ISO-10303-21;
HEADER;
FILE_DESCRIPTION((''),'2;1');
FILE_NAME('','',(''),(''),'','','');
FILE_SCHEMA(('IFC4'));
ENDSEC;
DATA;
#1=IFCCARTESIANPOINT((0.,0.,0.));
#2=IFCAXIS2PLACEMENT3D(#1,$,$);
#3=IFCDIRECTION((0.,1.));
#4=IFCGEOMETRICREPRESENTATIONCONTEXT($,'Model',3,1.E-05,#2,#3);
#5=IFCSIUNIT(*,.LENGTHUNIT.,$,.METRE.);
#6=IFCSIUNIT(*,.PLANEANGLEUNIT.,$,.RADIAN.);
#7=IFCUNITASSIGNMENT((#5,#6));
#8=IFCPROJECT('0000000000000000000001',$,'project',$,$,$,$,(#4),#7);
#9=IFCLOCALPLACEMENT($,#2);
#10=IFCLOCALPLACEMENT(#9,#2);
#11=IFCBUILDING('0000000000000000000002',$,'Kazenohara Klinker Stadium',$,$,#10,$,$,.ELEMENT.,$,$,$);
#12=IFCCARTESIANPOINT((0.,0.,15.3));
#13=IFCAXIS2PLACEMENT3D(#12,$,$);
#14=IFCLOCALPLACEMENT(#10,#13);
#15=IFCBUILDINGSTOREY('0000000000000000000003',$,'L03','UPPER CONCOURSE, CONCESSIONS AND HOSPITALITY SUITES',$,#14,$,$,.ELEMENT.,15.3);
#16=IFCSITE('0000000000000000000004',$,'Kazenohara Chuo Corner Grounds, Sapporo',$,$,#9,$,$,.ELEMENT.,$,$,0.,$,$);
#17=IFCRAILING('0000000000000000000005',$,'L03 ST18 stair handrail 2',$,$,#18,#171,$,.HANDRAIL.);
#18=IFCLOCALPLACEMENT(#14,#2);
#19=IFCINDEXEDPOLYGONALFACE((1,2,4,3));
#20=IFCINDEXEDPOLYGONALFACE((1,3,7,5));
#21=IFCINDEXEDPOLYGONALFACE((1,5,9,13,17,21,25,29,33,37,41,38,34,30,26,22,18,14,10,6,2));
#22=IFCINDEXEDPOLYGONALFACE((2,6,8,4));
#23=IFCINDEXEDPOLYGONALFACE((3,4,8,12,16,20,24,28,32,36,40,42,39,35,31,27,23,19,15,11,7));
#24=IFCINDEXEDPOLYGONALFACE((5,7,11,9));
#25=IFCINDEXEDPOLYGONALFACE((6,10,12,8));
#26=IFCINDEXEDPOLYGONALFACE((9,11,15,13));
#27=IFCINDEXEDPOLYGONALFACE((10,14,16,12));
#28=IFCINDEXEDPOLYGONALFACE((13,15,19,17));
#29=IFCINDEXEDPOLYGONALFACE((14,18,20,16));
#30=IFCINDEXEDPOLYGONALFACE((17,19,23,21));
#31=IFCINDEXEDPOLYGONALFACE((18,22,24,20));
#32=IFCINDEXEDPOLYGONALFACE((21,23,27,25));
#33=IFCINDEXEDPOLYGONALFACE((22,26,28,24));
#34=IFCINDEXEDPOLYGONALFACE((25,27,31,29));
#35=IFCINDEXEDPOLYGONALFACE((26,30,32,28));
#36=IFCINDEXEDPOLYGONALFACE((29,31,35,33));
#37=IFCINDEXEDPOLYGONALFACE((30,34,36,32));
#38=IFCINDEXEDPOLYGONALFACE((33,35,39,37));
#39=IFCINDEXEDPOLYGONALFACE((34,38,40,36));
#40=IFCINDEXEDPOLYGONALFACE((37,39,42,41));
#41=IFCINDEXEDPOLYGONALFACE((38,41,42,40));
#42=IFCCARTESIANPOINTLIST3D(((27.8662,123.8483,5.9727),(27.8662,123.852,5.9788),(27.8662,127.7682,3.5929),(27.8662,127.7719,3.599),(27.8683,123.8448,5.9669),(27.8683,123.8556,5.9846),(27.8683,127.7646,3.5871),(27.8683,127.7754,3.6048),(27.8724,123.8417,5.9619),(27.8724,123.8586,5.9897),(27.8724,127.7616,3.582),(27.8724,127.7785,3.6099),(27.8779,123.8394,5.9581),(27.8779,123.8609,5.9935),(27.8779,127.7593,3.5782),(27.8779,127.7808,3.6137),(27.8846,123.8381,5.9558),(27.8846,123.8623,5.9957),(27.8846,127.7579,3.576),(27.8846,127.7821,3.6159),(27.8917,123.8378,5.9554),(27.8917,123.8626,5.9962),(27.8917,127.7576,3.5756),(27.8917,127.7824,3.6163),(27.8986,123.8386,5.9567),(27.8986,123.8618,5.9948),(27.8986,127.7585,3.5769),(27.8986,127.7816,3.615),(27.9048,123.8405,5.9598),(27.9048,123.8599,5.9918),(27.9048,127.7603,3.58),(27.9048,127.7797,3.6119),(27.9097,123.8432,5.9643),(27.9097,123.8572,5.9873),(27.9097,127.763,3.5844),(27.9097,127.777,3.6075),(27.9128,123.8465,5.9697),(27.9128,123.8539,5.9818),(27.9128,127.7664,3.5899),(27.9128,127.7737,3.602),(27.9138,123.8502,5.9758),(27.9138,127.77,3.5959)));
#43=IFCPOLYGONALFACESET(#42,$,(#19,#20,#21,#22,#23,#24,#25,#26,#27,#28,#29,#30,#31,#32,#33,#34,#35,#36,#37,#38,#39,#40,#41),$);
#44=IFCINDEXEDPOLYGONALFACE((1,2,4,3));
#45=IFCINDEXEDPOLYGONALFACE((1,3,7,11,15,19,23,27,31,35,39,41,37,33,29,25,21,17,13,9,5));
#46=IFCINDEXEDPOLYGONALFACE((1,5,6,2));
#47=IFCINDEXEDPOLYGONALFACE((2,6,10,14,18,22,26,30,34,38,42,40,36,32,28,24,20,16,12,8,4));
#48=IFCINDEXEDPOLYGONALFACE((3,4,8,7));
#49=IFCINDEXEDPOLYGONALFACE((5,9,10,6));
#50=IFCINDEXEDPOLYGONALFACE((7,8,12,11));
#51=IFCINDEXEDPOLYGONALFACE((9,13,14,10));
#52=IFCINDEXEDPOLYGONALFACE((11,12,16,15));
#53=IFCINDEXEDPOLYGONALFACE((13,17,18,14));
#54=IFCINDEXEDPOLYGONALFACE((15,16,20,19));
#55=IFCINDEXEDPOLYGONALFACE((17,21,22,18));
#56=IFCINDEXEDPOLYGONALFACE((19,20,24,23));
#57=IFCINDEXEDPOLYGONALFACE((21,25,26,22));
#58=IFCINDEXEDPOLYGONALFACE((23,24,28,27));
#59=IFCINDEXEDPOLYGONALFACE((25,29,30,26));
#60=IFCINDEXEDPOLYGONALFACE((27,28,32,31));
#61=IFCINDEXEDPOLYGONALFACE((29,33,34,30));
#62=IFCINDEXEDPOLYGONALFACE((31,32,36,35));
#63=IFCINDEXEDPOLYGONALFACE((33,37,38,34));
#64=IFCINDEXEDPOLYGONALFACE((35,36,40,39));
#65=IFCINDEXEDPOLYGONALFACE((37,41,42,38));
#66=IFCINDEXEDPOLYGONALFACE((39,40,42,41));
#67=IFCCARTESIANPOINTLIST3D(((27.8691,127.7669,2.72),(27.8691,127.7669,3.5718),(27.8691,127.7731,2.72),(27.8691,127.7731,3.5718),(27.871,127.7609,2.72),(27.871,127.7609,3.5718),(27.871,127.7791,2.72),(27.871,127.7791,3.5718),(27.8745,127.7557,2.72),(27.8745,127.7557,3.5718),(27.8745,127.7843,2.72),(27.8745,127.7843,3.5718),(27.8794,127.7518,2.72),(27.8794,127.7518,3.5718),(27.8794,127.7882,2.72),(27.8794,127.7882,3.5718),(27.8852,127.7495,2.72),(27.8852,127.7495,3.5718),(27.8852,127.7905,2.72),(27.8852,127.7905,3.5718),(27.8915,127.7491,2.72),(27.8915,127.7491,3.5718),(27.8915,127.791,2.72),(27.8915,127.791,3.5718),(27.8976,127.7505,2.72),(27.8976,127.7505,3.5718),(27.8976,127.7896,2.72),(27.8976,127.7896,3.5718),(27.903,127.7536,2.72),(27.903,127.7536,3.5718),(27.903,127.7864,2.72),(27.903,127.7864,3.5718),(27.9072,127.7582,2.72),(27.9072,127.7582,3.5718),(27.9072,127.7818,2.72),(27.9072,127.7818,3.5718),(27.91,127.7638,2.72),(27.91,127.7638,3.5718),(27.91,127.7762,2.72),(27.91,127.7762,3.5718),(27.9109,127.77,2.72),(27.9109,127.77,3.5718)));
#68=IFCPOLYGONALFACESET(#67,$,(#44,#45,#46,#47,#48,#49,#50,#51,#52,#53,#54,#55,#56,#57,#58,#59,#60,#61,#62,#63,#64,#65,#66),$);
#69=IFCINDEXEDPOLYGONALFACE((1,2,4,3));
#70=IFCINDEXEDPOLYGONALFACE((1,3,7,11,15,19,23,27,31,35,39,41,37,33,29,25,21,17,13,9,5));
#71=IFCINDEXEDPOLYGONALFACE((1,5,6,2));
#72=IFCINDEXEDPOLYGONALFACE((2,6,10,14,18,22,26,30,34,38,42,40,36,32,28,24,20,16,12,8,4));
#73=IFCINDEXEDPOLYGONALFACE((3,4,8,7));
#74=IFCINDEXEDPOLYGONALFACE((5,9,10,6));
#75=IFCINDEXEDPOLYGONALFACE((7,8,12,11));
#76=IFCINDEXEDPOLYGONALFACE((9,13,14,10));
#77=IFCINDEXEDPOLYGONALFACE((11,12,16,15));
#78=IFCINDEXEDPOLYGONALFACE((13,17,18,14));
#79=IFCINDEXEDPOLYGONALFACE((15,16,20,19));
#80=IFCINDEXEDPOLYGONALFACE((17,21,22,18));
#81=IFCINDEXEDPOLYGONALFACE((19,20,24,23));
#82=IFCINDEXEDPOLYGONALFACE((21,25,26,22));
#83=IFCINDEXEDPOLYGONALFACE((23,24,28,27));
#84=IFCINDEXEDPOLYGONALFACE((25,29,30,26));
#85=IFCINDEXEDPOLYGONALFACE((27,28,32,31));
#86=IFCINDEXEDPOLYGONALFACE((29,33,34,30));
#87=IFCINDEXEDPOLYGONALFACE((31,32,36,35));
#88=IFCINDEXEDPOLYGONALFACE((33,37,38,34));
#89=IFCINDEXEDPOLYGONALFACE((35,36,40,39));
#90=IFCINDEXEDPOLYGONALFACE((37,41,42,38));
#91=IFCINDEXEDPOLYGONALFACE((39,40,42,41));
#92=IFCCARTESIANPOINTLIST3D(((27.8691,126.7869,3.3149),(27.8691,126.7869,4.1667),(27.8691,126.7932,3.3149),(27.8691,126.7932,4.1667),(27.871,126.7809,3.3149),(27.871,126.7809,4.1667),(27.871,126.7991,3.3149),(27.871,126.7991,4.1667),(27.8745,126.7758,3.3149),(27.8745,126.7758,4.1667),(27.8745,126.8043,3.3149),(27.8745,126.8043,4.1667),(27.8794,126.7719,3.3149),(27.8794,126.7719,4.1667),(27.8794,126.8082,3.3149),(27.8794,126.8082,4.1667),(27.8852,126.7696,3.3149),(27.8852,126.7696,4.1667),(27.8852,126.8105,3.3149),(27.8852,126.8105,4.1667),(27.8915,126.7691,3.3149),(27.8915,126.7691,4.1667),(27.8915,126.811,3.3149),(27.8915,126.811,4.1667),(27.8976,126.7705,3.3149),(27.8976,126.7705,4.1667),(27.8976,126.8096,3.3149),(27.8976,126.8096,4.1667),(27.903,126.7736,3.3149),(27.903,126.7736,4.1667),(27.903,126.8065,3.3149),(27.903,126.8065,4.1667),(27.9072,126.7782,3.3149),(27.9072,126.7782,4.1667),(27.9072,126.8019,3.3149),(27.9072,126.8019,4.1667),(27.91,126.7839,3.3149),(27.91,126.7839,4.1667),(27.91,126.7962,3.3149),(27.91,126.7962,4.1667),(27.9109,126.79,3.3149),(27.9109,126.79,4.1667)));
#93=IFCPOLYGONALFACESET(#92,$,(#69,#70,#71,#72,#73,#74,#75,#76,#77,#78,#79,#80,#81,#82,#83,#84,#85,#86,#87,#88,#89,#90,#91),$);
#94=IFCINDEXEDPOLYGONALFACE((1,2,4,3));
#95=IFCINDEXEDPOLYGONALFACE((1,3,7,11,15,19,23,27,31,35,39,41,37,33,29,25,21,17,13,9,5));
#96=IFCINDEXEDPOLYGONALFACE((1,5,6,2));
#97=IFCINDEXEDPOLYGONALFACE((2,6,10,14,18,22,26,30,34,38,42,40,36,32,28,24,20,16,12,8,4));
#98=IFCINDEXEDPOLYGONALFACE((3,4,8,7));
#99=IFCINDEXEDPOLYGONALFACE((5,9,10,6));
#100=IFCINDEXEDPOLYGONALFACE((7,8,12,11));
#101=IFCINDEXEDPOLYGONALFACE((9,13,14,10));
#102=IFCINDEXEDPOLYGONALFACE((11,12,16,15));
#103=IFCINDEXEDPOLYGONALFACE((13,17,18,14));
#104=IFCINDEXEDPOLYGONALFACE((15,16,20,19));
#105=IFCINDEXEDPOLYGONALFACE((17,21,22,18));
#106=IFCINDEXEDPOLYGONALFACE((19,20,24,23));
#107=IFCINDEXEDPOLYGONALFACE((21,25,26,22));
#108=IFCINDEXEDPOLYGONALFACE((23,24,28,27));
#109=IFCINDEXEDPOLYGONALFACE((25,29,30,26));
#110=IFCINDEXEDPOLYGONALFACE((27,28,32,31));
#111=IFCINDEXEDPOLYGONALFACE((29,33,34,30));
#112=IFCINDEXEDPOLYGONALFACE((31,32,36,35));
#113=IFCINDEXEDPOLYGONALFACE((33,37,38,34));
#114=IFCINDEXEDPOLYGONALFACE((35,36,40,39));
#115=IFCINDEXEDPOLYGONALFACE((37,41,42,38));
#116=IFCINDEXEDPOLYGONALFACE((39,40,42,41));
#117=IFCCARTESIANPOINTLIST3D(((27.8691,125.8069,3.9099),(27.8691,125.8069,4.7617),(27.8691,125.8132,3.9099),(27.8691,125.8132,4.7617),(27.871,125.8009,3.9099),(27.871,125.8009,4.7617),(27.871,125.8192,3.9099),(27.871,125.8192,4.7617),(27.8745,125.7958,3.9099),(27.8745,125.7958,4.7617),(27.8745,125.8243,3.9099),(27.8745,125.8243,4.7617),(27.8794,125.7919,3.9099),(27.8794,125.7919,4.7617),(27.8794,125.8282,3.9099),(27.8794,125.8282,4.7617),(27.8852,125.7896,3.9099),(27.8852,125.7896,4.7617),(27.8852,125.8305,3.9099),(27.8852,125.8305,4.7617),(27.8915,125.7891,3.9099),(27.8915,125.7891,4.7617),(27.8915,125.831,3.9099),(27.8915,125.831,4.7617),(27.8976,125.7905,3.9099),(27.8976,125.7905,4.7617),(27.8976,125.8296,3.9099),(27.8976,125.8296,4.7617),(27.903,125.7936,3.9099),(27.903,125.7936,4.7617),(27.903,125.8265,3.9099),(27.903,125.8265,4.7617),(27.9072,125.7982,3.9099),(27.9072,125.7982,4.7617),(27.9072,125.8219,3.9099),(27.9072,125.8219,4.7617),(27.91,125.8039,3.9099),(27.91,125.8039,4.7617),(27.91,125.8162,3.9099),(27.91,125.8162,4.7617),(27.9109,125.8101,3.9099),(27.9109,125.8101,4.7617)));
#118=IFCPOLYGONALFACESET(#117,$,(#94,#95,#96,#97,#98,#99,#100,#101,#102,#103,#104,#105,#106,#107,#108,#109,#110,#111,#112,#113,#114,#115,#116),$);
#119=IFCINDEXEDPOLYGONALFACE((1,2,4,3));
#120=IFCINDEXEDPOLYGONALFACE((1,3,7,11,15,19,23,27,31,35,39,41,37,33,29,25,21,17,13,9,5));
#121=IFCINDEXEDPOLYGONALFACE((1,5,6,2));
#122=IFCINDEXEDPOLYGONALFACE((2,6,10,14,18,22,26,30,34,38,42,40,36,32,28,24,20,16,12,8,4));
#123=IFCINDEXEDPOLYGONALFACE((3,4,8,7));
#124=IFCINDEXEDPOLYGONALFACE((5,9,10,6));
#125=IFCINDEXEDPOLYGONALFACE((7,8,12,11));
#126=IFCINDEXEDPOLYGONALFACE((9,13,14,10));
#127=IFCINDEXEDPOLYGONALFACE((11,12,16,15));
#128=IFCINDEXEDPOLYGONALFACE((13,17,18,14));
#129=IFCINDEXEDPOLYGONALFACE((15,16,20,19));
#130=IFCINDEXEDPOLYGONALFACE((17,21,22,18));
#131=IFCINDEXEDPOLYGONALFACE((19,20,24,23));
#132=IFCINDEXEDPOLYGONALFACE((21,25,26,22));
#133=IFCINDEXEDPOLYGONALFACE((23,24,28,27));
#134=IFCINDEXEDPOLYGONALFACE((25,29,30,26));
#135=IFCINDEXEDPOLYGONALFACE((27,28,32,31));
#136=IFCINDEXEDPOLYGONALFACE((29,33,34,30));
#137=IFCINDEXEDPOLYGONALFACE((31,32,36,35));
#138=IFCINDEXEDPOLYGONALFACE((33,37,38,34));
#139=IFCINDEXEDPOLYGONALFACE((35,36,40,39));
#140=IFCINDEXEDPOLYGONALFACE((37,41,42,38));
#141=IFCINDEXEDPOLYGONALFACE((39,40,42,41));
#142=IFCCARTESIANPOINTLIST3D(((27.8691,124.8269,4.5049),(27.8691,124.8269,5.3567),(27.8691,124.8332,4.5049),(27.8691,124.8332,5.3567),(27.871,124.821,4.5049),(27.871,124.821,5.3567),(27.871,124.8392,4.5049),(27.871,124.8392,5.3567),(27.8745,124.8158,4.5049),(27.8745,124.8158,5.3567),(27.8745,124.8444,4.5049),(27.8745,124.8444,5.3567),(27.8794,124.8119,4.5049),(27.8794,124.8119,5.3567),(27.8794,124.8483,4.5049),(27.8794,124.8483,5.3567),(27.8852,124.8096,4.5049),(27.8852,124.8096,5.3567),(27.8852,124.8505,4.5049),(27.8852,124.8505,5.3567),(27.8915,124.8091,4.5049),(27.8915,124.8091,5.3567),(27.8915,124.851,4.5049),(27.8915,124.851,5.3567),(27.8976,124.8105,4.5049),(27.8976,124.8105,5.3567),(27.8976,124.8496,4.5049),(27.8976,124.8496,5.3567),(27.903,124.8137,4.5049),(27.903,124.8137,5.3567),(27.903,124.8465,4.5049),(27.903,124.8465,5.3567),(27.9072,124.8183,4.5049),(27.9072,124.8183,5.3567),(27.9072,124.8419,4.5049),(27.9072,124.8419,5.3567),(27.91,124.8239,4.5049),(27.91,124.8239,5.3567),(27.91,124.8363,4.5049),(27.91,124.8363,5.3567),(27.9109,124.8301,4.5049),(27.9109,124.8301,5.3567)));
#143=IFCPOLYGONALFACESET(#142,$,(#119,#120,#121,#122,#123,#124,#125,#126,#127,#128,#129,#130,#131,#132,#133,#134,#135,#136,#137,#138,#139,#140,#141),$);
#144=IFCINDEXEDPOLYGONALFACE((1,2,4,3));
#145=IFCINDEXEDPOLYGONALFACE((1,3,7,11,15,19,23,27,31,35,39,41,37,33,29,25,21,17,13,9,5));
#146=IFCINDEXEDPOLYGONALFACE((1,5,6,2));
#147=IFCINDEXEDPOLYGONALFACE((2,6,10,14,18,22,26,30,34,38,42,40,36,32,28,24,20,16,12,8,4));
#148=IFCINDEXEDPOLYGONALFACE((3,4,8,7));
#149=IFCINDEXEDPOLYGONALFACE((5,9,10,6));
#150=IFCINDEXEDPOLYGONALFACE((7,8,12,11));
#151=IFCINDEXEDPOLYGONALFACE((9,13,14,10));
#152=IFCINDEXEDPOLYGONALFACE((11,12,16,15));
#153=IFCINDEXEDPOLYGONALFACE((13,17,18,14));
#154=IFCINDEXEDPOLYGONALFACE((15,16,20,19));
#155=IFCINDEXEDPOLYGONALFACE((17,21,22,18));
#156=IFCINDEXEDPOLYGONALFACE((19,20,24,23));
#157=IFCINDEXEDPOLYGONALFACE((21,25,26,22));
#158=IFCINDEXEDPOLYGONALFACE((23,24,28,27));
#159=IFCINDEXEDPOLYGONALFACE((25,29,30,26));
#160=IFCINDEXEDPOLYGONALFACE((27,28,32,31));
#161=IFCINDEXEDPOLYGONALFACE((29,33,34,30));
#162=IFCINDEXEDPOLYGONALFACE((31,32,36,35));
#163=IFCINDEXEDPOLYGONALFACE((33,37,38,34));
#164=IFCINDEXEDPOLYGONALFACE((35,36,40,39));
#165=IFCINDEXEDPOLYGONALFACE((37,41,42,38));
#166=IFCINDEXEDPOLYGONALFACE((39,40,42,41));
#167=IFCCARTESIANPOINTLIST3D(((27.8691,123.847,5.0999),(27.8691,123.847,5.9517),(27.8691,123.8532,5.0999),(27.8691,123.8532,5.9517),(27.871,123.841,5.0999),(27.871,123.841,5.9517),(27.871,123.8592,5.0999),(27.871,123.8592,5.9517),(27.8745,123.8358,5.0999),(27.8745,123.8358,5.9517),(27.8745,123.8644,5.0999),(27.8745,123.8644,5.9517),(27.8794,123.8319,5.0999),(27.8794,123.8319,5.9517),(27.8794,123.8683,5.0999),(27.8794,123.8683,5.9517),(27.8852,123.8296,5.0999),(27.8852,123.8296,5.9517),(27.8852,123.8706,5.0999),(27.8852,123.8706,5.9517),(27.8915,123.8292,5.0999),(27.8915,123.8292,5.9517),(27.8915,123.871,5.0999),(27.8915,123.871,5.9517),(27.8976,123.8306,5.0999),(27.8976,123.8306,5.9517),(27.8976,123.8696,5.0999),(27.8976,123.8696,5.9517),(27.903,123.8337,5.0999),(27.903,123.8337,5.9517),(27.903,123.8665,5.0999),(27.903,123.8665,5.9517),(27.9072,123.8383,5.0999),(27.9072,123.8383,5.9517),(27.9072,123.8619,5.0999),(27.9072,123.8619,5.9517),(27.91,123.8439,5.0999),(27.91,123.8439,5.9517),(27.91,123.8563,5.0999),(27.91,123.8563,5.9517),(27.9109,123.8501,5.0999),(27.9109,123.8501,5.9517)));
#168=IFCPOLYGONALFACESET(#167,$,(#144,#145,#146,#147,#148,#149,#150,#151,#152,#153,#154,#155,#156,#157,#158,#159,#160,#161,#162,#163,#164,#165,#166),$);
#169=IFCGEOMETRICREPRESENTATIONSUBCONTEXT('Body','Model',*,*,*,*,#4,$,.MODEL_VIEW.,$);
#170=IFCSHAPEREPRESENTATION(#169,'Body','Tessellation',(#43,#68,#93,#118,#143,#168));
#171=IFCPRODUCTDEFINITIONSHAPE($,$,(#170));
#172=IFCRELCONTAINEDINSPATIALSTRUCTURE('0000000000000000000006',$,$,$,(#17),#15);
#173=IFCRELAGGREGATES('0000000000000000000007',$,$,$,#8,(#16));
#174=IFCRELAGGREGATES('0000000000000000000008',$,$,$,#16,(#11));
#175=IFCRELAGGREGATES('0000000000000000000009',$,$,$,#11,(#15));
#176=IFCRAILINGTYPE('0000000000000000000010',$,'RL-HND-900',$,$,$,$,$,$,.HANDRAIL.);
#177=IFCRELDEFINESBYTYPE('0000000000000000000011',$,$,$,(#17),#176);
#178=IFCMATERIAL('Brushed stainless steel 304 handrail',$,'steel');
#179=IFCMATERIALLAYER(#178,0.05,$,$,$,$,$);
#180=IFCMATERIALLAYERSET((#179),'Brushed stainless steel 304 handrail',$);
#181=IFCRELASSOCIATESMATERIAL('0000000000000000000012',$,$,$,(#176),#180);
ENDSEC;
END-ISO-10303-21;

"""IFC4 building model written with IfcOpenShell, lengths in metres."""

from ifc_helpers import new_model, si_unit, direction, frame, origin, origin_2d, place, context, subcontext, project, spatial, circle, extrude, material, layer, layer_set, type_object, element, save


model = new_model("IFC4")

# Units and contexts
model_context = context("Model", 3, precision=1e-05, world=origin(), true_north=direction((0.0, 1.0)))
body_context = subcontext(model_context, "Body", "Model", "MODEL_VIEW")
ifc_project = project(units=[si_unit("LENGTHUNIT", "METRE"), si_unit("PLANEANGLEUNIT", "RADIAN")], contexts=[model_context])

# Site, building, storey
site_placement = place(None, origin())
site = spatial("IfcSite", under=ifc_project, at=site_placement, Name="Kazenohara Chuo Corner Grounds, Sapporo", CompositionType="ELEMENT", RefElevation=0.0)
building_placement = place(site_placement, origin())
building = spatial("IfcBuilding", under=site, at=building_placement, Name="Kazenohara Klinker Stadium", CompositionType="ELEMENT")
storey_placement = place(building_placement, frame((0.0, 0.0, 15.3)))
storey = spatial("IfcBuildingStorey", under=building, at=storey_placement, Name="L03", Description="UPPER CONCOURSE, CONCESSIONS AND HOSPITALITY SUITES", CompositionType="ELEMENT", Elevation=15.3)

# Railing
ifc_material_1 = material(Name="Brushed stainless steel 304 handrail", Category="steel")
ifc_layer_1 = layer(ifc_material_1, 0.05)
ifc_layer_set_1 = layer_set([ifc_layer_1], Name="Brushed stainless steel 304 handrail")
railing_type_1 = type_object("IfcRailingType", Name="RL-HND-900", PredefinedType="HANDRAIL", material=ifc_layer_set_1)
railing_1_placement = place(storey_placement, frame((27.8899, 127.77, 2.72)))
element("IfcRailing", 1, at=railing_1_placement, inside=storey, type_object=railing_type_1, Name="L03 ST18 stair handrail 2", PredefinedType="HANDRAIL", context=body_context, shape_type="SweptSolid", body=[
    extrude(circle(Radius=0.0239, at=origin_2d()), frame((0.0, 0.0, 0.876), z_axis=(0.0, -0.854794, 0.518967), x_axis=(1.0, 0.0, 0.0)), (0.0, 0.0, 1.0), 4.5857),
    extrude(circle(Radius=0.021, at=origin_2d()), origin(), (0.0, 0.0, 1.0), 0.8518),
    extrude(circle(Radius=0.021, at=origin_2d()), frame((0.0, -0.98, 0.595)), (0.0, 0.0, 1.0), 0.8518),
    extrude(circle(Radius=0.021, at=origin_2d()), frame((0.0, -1.96, 1.1899)), (0.0, 0.0, 1.0), 0.8518),
    extrude(circle(Radius=0.021, at=origin_2d()), frame((0.0, -2.9399, 1.7849)), (0.0, 0.0, 1.0), 0.8518),
    extrude(circle(Radius=0.021, at=origin_2d()), frame((0.0, -3.9199, 2.3799)), (0.0, 0.0, 1.0), 0.8518),
])

save(model, "model.ifc")
